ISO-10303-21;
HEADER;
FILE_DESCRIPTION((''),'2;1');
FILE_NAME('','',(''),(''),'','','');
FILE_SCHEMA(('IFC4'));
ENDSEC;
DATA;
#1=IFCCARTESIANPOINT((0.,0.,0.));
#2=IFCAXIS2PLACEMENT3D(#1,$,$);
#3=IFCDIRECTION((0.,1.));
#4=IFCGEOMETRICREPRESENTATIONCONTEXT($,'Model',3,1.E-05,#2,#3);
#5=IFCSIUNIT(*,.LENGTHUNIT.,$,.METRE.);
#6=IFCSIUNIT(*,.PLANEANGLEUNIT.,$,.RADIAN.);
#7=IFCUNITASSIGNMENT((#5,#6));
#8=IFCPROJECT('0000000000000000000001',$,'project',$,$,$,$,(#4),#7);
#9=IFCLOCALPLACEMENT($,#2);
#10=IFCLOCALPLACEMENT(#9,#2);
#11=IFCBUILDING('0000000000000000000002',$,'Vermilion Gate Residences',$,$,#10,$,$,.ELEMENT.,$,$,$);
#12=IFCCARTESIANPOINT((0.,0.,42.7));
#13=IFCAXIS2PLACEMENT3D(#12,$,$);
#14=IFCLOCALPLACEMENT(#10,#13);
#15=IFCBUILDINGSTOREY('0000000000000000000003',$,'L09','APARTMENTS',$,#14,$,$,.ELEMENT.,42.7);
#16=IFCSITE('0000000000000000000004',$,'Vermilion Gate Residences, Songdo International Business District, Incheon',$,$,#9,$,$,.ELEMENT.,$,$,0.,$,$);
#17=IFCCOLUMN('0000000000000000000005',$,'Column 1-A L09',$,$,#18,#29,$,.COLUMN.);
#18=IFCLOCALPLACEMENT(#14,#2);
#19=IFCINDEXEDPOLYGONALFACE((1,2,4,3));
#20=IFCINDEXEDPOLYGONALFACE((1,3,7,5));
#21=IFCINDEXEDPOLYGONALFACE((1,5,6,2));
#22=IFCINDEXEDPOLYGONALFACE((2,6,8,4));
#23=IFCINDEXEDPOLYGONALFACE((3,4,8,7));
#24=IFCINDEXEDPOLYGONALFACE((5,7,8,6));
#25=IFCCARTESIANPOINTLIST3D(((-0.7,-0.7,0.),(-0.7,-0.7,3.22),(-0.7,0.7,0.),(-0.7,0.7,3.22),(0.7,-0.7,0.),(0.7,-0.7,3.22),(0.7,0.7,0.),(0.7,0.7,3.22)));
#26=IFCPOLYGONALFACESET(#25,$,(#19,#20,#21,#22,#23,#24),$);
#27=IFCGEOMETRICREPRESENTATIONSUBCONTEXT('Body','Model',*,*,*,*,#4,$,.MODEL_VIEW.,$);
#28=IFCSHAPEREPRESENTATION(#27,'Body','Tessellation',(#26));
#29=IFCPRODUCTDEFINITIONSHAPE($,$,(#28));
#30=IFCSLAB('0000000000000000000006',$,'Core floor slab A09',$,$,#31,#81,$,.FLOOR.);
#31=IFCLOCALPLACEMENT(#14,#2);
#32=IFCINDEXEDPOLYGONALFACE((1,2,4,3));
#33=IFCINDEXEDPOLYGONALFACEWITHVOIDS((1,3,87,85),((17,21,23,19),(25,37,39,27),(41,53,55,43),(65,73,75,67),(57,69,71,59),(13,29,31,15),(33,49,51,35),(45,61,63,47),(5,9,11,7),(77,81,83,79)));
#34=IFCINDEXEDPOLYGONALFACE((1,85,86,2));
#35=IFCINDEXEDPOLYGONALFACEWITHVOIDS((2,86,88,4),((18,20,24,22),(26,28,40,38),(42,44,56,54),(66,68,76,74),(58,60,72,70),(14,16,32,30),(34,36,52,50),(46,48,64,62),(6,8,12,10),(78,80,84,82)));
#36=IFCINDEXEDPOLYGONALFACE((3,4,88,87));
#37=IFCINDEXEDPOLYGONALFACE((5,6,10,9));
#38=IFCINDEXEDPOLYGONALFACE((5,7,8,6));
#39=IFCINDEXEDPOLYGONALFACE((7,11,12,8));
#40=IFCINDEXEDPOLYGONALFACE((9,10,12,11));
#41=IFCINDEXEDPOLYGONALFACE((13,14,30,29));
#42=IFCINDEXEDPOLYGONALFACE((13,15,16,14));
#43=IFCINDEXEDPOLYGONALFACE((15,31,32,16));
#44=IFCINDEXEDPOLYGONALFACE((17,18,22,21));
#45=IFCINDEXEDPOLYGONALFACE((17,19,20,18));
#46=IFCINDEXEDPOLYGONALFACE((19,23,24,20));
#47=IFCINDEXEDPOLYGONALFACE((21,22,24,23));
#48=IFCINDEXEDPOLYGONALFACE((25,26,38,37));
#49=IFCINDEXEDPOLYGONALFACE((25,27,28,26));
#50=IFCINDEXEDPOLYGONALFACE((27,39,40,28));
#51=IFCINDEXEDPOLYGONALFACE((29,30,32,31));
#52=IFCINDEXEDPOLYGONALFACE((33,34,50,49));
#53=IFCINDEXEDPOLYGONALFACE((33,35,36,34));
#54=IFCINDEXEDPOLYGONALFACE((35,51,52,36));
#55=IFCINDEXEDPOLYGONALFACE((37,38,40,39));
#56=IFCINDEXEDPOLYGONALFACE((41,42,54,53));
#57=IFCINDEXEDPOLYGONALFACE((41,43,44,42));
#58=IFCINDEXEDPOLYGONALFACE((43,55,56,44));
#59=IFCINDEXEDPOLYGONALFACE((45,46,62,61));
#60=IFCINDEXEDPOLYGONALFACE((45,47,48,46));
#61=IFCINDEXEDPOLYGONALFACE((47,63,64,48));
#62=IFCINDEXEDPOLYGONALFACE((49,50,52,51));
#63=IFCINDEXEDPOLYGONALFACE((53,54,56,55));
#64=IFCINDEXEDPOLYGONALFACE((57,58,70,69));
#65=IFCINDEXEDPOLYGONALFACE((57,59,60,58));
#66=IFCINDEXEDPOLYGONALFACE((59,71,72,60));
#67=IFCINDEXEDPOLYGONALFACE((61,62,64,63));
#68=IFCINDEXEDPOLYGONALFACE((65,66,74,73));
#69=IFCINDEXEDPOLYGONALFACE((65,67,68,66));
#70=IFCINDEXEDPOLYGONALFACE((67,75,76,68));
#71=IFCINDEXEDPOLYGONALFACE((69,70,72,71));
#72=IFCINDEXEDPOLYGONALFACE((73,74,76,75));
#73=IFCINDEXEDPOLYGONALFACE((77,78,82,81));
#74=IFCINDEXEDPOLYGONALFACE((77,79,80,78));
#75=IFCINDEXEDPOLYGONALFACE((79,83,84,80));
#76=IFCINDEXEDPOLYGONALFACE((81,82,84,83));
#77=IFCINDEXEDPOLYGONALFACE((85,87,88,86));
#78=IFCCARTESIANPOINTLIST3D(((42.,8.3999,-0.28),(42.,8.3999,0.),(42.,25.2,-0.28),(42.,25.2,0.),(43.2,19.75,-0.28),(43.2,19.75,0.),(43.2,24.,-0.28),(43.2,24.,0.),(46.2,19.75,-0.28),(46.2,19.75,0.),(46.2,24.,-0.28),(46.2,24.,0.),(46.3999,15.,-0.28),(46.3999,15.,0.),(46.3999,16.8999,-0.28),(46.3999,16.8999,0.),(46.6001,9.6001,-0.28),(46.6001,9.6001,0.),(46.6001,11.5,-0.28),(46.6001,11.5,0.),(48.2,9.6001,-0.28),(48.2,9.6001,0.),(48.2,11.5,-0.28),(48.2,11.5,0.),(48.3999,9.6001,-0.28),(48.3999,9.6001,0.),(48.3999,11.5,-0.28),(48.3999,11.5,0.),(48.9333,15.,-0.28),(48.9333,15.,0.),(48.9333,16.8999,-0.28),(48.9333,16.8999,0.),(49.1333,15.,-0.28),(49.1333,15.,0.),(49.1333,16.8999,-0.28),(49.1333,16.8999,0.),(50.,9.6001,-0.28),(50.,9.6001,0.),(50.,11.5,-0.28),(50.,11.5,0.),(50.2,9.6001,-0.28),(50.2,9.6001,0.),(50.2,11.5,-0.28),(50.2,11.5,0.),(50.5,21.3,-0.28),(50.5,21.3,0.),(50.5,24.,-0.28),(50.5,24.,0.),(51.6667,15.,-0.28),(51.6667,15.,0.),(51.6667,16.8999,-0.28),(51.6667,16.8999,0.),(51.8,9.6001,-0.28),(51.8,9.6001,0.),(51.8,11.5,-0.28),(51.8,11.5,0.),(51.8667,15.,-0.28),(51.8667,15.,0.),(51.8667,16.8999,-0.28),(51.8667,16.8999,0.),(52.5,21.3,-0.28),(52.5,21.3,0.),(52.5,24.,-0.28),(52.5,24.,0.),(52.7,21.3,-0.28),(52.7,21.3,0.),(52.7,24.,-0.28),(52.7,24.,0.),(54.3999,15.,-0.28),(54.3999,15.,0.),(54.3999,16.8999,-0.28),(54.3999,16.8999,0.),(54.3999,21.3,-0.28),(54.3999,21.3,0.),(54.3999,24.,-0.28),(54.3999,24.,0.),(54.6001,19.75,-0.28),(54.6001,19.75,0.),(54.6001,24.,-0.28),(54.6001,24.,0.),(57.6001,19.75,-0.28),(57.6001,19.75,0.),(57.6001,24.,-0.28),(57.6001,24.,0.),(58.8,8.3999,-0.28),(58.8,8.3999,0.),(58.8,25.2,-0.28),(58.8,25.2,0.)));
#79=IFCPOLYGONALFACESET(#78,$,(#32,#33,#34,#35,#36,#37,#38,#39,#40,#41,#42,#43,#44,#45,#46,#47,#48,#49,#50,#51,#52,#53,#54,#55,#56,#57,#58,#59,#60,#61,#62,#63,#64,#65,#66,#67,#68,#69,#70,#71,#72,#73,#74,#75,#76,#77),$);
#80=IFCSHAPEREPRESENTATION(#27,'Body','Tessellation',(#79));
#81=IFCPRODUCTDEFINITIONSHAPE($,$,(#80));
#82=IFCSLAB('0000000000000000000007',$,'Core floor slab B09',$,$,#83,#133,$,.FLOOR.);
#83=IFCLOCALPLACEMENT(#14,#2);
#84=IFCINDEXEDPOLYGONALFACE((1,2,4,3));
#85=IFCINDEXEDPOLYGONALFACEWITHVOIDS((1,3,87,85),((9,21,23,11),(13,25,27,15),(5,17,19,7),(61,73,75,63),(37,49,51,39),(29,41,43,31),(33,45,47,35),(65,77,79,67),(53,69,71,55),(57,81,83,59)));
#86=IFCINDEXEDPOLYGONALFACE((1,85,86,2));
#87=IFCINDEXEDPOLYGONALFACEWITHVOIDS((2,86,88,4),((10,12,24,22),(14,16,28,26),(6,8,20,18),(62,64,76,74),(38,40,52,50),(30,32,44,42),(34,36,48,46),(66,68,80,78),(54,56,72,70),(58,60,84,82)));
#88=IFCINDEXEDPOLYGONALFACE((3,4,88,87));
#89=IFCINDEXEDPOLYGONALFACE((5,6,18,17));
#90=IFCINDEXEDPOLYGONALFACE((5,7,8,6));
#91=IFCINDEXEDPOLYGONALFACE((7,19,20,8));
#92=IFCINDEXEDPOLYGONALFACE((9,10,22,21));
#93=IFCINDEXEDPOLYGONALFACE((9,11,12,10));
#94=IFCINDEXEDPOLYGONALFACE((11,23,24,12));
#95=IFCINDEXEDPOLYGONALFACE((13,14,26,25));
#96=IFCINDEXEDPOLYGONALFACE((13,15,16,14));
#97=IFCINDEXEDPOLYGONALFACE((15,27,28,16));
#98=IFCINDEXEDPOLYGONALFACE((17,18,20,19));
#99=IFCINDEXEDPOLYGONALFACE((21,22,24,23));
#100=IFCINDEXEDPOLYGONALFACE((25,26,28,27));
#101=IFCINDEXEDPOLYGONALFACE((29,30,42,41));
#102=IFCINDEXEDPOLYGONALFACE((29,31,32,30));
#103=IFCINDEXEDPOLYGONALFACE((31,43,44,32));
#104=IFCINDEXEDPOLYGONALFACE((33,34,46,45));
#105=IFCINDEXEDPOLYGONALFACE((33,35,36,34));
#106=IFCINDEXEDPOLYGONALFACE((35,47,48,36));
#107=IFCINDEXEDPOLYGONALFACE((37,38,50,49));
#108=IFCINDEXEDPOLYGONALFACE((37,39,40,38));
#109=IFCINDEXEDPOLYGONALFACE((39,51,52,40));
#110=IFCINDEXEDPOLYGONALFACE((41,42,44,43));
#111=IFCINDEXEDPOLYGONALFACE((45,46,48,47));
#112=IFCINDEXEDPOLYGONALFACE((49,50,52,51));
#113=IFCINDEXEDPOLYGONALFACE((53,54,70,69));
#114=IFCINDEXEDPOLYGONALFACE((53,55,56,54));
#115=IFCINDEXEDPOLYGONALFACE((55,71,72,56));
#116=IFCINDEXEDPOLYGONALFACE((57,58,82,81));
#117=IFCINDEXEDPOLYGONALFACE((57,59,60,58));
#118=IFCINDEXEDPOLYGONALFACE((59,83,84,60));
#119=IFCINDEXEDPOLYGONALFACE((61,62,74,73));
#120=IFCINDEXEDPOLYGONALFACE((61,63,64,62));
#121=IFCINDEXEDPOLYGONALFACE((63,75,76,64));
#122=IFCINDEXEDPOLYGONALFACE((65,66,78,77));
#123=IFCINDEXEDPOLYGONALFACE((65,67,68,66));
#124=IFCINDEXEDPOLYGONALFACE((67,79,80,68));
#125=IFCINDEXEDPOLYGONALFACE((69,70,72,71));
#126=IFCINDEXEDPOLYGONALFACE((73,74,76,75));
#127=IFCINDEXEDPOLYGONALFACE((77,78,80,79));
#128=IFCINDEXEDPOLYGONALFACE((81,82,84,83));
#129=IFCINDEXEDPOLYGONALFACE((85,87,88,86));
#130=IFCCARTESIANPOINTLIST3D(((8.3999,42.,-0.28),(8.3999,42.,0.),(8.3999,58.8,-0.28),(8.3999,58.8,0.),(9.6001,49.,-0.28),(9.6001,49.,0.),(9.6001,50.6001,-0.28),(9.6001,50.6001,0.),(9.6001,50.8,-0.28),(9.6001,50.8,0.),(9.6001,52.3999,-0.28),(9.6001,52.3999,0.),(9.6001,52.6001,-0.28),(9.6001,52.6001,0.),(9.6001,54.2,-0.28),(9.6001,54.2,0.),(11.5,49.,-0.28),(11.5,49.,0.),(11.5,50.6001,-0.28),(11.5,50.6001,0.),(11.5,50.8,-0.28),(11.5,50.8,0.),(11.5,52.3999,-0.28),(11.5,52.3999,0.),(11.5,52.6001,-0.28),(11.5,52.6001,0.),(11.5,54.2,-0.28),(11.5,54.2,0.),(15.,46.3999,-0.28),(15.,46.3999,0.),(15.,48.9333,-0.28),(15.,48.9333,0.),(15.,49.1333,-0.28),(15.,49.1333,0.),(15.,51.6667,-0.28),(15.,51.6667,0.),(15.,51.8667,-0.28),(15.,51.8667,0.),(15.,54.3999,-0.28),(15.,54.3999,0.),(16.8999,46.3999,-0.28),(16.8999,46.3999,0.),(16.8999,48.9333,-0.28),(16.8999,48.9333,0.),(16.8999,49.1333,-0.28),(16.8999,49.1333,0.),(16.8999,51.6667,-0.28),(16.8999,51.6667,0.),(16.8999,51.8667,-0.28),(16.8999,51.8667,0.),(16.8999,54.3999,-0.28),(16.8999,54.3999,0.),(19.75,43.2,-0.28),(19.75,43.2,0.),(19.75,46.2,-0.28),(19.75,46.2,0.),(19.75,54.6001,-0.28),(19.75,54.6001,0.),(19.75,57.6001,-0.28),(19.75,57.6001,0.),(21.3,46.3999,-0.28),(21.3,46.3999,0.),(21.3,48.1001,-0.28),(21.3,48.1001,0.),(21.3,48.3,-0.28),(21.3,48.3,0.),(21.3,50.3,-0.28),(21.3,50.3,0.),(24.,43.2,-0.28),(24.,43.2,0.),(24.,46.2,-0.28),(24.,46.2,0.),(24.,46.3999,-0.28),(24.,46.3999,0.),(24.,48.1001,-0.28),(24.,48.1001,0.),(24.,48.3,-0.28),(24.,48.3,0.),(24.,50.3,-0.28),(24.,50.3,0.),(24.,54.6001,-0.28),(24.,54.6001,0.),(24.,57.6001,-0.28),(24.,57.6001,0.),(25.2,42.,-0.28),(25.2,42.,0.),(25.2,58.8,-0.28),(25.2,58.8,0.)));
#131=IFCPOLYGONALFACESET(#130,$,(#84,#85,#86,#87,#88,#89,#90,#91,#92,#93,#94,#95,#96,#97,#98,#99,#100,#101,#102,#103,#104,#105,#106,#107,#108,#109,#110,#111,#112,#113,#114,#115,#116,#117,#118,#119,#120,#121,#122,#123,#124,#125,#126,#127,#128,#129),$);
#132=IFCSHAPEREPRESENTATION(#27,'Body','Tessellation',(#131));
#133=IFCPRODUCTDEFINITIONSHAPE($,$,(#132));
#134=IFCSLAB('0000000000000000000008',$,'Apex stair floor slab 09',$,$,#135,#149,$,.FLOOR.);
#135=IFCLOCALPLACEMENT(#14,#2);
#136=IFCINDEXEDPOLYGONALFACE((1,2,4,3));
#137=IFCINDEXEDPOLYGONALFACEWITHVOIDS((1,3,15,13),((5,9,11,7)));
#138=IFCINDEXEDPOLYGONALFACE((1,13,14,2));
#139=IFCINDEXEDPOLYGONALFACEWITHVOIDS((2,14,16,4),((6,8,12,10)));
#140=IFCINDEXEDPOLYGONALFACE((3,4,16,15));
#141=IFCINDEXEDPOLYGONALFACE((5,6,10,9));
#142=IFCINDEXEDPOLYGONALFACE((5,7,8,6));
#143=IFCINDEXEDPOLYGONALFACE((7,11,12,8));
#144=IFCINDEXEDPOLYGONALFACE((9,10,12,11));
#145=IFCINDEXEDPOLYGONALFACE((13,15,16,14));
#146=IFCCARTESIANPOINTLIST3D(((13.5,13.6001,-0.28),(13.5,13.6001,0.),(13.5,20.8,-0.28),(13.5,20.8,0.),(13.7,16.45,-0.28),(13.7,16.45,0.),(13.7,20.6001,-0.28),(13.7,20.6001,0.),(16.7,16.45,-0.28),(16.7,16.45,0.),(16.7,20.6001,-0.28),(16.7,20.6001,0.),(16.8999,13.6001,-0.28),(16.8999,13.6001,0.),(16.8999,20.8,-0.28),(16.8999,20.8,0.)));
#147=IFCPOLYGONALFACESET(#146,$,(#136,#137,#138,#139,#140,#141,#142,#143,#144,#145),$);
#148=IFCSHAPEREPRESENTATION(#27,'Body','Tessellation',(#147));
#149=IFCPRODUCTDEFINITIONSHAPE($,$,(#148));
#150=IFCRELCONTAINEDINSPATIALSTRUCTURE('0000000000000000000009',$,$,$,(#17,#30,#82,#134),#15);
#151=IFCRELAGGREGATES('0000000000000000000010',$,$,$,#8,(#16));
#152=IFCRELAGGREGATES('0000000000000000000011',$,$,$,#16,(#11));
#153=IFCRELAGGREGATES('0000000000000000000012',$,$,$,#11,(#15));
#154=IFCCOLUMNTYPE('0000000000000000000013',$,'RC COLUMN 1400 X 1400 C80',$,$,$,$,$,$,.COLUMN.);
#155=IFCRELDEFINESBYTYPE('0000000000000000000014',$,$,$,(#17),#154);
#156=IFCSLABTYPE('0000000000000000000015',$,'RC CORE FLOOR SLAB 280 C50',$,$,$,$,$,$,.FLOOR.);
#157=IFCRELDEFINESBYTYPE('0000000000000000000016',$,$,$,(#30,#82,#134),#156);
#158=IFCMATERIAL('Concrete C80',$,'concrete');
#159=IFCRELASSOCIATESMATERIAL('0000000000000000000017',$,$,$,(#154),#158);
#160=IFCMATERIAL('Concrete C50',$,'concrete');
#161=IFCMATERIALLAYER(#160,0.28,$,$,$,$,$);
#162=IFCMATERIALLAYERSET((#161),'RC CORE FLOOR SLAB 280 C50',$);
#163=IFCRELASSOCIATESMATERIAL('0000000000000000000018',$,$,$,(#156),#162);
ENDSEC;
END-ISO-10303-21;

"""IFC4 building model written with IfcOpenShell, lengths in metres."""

from ifc_helpers import new_model, si_unit, direction, frame, origin, origin_with_axes, origin_2d, place, context, subcontext, project, spatial, polyline, rectangle, outline, extrude, material, layer, layer_set, material_profile, profile_set, type_object, element, save


model = new_model("IFC4")

# Units and contexts
model_context = context("Model", 3, precision=1e-05, world=origin(), true_north=direction((0.0, 1.0)))
body_context = subcontext(model_context, "Body", "Model", "MODEL_VIEW")
ifc_project = project(units=[si_unit("LENGTHUNIT", "METRE"), si_unit("PLANEANGLEUNIT", "RADIAN")], contexts=[model_context])

# Site, building, storey
site_placement = place(None, origin())
site = spatial("IfcSite", under=ifc_project, at=site_placement, Name="Vermilion Gate Residences, Songdo International Business District, Incheon", CompositionType="ELEMENT", RefElevation=0.0)
building_placement = place(site_placement, origin())
building = spatial("IfcBuilding", under=site, at=building_placement, Name="Vermilion Gate Residences", CompositionType="ELEMENT")
storey_placement = place(building_placement, frame((0.0, 0.0, 42.7)))
storey = spatial("IfcBuildingStorey", under=building, at=storey_placement, Name="L09", Description="APARTMENTS", CompositionType="ELEMENT", Elevation=42.7)

# Column
ifc_material_1 = material(Name="Concrete C80", Category="concrete")
ifc_material_profile = material_profile(ifc_material_1, rectangle(XDim=1.3999, YDim=1.3999, at=origin_2d()), Name="RC-1400x1400")
ifc_profile_set = profile_set([ifc_material_profile], Name="Concrete C80")
column_type = type_object("IfcColumnType", Name="RC COLUMN 1400 X 1400 C80", PredefinedType="COLUMN", material=ifc_profile_set)
column_placement = place(storey_placement, origin_with_axes())
element("IfcColumn", 1, at=column_placement, inside=storey, type_object=column_type, Name="Column 1-A L09", PredefinedType="COLUMN", context=body_context, shape_type="SweptSolid", body=[
    extrude(rectangle(XDim=1.3999, YDim=1.3999, at=origin_2d()), origin(), (0.0, 0.0, 1.0), 3.22),
])

# Slabs
ifc_material_2 = material(Name="Concrete C50", Category="concrete")
ifc_layer_1 = layer(ifc_material_2, 0.28)
ifc_layer_set_1 = layer_set([ifc_layer_1], Name="RC CORE FLOOR SLAB 280 C50")
slab_type_1 = type_object("IfcSlabType", Name="RC CORE FLOOR SLAB 280 C50", PredefinedType="FLOOR", material=ifc_layer_set_1)
slab_1_placement = place(storey_placement, frame((0.0, 0.0, -0.28)))
element("IfcSlab", 2, at=slab_1_placement, inside=storey, type_object=slab_type_1, Name="Core floor slab A09", PredefinedType="FLOOR", context=body_context, shape_type="SweptSolid", body=[
    extrude(outline(polyline([(42.0, 8.3999), (58.8, 8.3999), (58.8, 25.2), (42.0, 25.2), (42.0, 8.3999)]), holes=[polyline([(46.6001, 11.5), (48.2, 11.5), (48.2, 9.6001), (46.6001, 9.6001), (46.6001, 11.5)]), polyline([(48.3999, 11.5), (50.0, 11.5), (50.0, 9.6001), (48.3999, 9.6001), (48.3999, 11.5)]), polyline([(50.2, 11.5), (51.8, 11.5), (51.8, 9.6001), (50.2, 9.6001), (50.2, 11.5)]), polyline([(48.9333, 16.8999), (48.9333, 15.0), (46.3999, 15.0), (46.3999, 16.8999), (48.9333, 16.8999)]), polyline([(51.6667, 16.8999), (51.6667, 15.0), (49.1333, 15.0), (49.1333, 16.8999), (51.6667, 16.8999)]), polyline([(51.8667, 16.8999), (54.3999, 16.8999), (54.3999, 15.0), (51.8667, 15.0), (51.8667, 16.8999)]), polyline([(43.2, 24.0), (46.2, 24.0), (46.2, 19.75), (43.2, 19.75), (43.2, 24.0)]), polyline([(54.6001, 24.0), (57.6001, 24.0), (57.6001, 19.75), (54.6001, 19.75), (54.6001, 24.0)]), polyline([(52.5, 24.0), (52.5, 21.3), (50.5, 21.3), (50.5, 24.0), (52.5, 24.0)]), polyline([(54.3999, 24.0), (54.3999, 21.3), (52.7, 21.3), (52.7, 24.0), (54.3999, 24.0)])]), origin(), (0.0, 0.0, 1.0), 0.28),
])
slab_2_placement = place(storey_placement, frame((0.0, 0.0, -0.28)))
element("IfcSlab", 3, at=slab_2_placement, inside=storey, type_object=slab_type_1, Name="Core floor slab B09", PredefinedType="FLOOR", context=body_context, shape_type="SweptSolid", body=[
    extrude(outline(polyline([(8.3999, 42.0), (25.2, 42.0), (25.2, 58.8), (8.3999, 58.8), (8.3999, 42.0)]), holes=[polyline([(19.75, 46.2), (24.0, 46.2), (24.0, 43.2), (19.75, 43.2), (19.75, 46.2)]), polyline([(21.3, 48.1001), (24.0, 48.1001), (24.0, 46.3999), (21.3, 46.3999), (21.3, 48.1001)]), polyline([(15.0, 48.9333), (16.8999, 48.9333), (16.8999, 46.3999), (15.0, 46.3999), (15.0, 48.9333)]), polyline([(24.0, 50.3), (24.0, 48.3), (21.3, 48.3), (21.3, 50.3), (24.0, 50.3)]), polyline([(11.5, 50.6001), (11.5, 49.0), (9.6001, 49.0), (9.6001, 50.6001), (11.5, 50.6001)]), polyline([(15.0, 51.6667), (16.8999, 51.6667), (16.8999, 49.1333), (15.0, 49.1333), (15.0, 51.6667)]), polyline([(9.6001, 52.3999), (11.5, 52.3999), (11.5, 50.8), (9.6001, 50.8), (9.6001, 52.3999)]), polyline([(15.0, 54.3999), (16.8999, 54.3999), (16.8999, 51.8667), (15.0, 51.8667), (15.0, 54.3999)]), polyline([(11.5, 54.2), (11.5, 52.6001), (9.6001, 52.6001), (9.6001, 54.2), (11.5, 54.2)]), polyline([(24.0, 57.6001), (24.0, 54.6001), (19.75, 54.6001), (19.75, 57.6001), (24.0, 57.6001)])]), origin(), (0.0, 0.0, 1.0), 0.28),
])
slab_3_placement = place(storey_placement, frame((0.0, 0.0, -0.28)))
element("IfcSlab", 4, at=slab_3_placement, inside=storey, type_object=slab_type_1, Name="Apex stair floor slab 09", PredefinedType="FLOOR", context=body_context, shape_type="SweptSolid", body=[
    extrude(outline(polyline([(13.5, 13.6001), (16.8999, 13.6001), (16.8999, 20.8), (13.5, 20.8), (13.5, 13.6001)]), holes=[polyline([(16.7, 20.6001), (16.7, 16.45), (13.7, 16.45), (13.7, 20.6001), (16.7, 20.6001)])]), origin(), (0.0, 0.0, 1.0), 0.28),
])

save(model, "model.ifc")
